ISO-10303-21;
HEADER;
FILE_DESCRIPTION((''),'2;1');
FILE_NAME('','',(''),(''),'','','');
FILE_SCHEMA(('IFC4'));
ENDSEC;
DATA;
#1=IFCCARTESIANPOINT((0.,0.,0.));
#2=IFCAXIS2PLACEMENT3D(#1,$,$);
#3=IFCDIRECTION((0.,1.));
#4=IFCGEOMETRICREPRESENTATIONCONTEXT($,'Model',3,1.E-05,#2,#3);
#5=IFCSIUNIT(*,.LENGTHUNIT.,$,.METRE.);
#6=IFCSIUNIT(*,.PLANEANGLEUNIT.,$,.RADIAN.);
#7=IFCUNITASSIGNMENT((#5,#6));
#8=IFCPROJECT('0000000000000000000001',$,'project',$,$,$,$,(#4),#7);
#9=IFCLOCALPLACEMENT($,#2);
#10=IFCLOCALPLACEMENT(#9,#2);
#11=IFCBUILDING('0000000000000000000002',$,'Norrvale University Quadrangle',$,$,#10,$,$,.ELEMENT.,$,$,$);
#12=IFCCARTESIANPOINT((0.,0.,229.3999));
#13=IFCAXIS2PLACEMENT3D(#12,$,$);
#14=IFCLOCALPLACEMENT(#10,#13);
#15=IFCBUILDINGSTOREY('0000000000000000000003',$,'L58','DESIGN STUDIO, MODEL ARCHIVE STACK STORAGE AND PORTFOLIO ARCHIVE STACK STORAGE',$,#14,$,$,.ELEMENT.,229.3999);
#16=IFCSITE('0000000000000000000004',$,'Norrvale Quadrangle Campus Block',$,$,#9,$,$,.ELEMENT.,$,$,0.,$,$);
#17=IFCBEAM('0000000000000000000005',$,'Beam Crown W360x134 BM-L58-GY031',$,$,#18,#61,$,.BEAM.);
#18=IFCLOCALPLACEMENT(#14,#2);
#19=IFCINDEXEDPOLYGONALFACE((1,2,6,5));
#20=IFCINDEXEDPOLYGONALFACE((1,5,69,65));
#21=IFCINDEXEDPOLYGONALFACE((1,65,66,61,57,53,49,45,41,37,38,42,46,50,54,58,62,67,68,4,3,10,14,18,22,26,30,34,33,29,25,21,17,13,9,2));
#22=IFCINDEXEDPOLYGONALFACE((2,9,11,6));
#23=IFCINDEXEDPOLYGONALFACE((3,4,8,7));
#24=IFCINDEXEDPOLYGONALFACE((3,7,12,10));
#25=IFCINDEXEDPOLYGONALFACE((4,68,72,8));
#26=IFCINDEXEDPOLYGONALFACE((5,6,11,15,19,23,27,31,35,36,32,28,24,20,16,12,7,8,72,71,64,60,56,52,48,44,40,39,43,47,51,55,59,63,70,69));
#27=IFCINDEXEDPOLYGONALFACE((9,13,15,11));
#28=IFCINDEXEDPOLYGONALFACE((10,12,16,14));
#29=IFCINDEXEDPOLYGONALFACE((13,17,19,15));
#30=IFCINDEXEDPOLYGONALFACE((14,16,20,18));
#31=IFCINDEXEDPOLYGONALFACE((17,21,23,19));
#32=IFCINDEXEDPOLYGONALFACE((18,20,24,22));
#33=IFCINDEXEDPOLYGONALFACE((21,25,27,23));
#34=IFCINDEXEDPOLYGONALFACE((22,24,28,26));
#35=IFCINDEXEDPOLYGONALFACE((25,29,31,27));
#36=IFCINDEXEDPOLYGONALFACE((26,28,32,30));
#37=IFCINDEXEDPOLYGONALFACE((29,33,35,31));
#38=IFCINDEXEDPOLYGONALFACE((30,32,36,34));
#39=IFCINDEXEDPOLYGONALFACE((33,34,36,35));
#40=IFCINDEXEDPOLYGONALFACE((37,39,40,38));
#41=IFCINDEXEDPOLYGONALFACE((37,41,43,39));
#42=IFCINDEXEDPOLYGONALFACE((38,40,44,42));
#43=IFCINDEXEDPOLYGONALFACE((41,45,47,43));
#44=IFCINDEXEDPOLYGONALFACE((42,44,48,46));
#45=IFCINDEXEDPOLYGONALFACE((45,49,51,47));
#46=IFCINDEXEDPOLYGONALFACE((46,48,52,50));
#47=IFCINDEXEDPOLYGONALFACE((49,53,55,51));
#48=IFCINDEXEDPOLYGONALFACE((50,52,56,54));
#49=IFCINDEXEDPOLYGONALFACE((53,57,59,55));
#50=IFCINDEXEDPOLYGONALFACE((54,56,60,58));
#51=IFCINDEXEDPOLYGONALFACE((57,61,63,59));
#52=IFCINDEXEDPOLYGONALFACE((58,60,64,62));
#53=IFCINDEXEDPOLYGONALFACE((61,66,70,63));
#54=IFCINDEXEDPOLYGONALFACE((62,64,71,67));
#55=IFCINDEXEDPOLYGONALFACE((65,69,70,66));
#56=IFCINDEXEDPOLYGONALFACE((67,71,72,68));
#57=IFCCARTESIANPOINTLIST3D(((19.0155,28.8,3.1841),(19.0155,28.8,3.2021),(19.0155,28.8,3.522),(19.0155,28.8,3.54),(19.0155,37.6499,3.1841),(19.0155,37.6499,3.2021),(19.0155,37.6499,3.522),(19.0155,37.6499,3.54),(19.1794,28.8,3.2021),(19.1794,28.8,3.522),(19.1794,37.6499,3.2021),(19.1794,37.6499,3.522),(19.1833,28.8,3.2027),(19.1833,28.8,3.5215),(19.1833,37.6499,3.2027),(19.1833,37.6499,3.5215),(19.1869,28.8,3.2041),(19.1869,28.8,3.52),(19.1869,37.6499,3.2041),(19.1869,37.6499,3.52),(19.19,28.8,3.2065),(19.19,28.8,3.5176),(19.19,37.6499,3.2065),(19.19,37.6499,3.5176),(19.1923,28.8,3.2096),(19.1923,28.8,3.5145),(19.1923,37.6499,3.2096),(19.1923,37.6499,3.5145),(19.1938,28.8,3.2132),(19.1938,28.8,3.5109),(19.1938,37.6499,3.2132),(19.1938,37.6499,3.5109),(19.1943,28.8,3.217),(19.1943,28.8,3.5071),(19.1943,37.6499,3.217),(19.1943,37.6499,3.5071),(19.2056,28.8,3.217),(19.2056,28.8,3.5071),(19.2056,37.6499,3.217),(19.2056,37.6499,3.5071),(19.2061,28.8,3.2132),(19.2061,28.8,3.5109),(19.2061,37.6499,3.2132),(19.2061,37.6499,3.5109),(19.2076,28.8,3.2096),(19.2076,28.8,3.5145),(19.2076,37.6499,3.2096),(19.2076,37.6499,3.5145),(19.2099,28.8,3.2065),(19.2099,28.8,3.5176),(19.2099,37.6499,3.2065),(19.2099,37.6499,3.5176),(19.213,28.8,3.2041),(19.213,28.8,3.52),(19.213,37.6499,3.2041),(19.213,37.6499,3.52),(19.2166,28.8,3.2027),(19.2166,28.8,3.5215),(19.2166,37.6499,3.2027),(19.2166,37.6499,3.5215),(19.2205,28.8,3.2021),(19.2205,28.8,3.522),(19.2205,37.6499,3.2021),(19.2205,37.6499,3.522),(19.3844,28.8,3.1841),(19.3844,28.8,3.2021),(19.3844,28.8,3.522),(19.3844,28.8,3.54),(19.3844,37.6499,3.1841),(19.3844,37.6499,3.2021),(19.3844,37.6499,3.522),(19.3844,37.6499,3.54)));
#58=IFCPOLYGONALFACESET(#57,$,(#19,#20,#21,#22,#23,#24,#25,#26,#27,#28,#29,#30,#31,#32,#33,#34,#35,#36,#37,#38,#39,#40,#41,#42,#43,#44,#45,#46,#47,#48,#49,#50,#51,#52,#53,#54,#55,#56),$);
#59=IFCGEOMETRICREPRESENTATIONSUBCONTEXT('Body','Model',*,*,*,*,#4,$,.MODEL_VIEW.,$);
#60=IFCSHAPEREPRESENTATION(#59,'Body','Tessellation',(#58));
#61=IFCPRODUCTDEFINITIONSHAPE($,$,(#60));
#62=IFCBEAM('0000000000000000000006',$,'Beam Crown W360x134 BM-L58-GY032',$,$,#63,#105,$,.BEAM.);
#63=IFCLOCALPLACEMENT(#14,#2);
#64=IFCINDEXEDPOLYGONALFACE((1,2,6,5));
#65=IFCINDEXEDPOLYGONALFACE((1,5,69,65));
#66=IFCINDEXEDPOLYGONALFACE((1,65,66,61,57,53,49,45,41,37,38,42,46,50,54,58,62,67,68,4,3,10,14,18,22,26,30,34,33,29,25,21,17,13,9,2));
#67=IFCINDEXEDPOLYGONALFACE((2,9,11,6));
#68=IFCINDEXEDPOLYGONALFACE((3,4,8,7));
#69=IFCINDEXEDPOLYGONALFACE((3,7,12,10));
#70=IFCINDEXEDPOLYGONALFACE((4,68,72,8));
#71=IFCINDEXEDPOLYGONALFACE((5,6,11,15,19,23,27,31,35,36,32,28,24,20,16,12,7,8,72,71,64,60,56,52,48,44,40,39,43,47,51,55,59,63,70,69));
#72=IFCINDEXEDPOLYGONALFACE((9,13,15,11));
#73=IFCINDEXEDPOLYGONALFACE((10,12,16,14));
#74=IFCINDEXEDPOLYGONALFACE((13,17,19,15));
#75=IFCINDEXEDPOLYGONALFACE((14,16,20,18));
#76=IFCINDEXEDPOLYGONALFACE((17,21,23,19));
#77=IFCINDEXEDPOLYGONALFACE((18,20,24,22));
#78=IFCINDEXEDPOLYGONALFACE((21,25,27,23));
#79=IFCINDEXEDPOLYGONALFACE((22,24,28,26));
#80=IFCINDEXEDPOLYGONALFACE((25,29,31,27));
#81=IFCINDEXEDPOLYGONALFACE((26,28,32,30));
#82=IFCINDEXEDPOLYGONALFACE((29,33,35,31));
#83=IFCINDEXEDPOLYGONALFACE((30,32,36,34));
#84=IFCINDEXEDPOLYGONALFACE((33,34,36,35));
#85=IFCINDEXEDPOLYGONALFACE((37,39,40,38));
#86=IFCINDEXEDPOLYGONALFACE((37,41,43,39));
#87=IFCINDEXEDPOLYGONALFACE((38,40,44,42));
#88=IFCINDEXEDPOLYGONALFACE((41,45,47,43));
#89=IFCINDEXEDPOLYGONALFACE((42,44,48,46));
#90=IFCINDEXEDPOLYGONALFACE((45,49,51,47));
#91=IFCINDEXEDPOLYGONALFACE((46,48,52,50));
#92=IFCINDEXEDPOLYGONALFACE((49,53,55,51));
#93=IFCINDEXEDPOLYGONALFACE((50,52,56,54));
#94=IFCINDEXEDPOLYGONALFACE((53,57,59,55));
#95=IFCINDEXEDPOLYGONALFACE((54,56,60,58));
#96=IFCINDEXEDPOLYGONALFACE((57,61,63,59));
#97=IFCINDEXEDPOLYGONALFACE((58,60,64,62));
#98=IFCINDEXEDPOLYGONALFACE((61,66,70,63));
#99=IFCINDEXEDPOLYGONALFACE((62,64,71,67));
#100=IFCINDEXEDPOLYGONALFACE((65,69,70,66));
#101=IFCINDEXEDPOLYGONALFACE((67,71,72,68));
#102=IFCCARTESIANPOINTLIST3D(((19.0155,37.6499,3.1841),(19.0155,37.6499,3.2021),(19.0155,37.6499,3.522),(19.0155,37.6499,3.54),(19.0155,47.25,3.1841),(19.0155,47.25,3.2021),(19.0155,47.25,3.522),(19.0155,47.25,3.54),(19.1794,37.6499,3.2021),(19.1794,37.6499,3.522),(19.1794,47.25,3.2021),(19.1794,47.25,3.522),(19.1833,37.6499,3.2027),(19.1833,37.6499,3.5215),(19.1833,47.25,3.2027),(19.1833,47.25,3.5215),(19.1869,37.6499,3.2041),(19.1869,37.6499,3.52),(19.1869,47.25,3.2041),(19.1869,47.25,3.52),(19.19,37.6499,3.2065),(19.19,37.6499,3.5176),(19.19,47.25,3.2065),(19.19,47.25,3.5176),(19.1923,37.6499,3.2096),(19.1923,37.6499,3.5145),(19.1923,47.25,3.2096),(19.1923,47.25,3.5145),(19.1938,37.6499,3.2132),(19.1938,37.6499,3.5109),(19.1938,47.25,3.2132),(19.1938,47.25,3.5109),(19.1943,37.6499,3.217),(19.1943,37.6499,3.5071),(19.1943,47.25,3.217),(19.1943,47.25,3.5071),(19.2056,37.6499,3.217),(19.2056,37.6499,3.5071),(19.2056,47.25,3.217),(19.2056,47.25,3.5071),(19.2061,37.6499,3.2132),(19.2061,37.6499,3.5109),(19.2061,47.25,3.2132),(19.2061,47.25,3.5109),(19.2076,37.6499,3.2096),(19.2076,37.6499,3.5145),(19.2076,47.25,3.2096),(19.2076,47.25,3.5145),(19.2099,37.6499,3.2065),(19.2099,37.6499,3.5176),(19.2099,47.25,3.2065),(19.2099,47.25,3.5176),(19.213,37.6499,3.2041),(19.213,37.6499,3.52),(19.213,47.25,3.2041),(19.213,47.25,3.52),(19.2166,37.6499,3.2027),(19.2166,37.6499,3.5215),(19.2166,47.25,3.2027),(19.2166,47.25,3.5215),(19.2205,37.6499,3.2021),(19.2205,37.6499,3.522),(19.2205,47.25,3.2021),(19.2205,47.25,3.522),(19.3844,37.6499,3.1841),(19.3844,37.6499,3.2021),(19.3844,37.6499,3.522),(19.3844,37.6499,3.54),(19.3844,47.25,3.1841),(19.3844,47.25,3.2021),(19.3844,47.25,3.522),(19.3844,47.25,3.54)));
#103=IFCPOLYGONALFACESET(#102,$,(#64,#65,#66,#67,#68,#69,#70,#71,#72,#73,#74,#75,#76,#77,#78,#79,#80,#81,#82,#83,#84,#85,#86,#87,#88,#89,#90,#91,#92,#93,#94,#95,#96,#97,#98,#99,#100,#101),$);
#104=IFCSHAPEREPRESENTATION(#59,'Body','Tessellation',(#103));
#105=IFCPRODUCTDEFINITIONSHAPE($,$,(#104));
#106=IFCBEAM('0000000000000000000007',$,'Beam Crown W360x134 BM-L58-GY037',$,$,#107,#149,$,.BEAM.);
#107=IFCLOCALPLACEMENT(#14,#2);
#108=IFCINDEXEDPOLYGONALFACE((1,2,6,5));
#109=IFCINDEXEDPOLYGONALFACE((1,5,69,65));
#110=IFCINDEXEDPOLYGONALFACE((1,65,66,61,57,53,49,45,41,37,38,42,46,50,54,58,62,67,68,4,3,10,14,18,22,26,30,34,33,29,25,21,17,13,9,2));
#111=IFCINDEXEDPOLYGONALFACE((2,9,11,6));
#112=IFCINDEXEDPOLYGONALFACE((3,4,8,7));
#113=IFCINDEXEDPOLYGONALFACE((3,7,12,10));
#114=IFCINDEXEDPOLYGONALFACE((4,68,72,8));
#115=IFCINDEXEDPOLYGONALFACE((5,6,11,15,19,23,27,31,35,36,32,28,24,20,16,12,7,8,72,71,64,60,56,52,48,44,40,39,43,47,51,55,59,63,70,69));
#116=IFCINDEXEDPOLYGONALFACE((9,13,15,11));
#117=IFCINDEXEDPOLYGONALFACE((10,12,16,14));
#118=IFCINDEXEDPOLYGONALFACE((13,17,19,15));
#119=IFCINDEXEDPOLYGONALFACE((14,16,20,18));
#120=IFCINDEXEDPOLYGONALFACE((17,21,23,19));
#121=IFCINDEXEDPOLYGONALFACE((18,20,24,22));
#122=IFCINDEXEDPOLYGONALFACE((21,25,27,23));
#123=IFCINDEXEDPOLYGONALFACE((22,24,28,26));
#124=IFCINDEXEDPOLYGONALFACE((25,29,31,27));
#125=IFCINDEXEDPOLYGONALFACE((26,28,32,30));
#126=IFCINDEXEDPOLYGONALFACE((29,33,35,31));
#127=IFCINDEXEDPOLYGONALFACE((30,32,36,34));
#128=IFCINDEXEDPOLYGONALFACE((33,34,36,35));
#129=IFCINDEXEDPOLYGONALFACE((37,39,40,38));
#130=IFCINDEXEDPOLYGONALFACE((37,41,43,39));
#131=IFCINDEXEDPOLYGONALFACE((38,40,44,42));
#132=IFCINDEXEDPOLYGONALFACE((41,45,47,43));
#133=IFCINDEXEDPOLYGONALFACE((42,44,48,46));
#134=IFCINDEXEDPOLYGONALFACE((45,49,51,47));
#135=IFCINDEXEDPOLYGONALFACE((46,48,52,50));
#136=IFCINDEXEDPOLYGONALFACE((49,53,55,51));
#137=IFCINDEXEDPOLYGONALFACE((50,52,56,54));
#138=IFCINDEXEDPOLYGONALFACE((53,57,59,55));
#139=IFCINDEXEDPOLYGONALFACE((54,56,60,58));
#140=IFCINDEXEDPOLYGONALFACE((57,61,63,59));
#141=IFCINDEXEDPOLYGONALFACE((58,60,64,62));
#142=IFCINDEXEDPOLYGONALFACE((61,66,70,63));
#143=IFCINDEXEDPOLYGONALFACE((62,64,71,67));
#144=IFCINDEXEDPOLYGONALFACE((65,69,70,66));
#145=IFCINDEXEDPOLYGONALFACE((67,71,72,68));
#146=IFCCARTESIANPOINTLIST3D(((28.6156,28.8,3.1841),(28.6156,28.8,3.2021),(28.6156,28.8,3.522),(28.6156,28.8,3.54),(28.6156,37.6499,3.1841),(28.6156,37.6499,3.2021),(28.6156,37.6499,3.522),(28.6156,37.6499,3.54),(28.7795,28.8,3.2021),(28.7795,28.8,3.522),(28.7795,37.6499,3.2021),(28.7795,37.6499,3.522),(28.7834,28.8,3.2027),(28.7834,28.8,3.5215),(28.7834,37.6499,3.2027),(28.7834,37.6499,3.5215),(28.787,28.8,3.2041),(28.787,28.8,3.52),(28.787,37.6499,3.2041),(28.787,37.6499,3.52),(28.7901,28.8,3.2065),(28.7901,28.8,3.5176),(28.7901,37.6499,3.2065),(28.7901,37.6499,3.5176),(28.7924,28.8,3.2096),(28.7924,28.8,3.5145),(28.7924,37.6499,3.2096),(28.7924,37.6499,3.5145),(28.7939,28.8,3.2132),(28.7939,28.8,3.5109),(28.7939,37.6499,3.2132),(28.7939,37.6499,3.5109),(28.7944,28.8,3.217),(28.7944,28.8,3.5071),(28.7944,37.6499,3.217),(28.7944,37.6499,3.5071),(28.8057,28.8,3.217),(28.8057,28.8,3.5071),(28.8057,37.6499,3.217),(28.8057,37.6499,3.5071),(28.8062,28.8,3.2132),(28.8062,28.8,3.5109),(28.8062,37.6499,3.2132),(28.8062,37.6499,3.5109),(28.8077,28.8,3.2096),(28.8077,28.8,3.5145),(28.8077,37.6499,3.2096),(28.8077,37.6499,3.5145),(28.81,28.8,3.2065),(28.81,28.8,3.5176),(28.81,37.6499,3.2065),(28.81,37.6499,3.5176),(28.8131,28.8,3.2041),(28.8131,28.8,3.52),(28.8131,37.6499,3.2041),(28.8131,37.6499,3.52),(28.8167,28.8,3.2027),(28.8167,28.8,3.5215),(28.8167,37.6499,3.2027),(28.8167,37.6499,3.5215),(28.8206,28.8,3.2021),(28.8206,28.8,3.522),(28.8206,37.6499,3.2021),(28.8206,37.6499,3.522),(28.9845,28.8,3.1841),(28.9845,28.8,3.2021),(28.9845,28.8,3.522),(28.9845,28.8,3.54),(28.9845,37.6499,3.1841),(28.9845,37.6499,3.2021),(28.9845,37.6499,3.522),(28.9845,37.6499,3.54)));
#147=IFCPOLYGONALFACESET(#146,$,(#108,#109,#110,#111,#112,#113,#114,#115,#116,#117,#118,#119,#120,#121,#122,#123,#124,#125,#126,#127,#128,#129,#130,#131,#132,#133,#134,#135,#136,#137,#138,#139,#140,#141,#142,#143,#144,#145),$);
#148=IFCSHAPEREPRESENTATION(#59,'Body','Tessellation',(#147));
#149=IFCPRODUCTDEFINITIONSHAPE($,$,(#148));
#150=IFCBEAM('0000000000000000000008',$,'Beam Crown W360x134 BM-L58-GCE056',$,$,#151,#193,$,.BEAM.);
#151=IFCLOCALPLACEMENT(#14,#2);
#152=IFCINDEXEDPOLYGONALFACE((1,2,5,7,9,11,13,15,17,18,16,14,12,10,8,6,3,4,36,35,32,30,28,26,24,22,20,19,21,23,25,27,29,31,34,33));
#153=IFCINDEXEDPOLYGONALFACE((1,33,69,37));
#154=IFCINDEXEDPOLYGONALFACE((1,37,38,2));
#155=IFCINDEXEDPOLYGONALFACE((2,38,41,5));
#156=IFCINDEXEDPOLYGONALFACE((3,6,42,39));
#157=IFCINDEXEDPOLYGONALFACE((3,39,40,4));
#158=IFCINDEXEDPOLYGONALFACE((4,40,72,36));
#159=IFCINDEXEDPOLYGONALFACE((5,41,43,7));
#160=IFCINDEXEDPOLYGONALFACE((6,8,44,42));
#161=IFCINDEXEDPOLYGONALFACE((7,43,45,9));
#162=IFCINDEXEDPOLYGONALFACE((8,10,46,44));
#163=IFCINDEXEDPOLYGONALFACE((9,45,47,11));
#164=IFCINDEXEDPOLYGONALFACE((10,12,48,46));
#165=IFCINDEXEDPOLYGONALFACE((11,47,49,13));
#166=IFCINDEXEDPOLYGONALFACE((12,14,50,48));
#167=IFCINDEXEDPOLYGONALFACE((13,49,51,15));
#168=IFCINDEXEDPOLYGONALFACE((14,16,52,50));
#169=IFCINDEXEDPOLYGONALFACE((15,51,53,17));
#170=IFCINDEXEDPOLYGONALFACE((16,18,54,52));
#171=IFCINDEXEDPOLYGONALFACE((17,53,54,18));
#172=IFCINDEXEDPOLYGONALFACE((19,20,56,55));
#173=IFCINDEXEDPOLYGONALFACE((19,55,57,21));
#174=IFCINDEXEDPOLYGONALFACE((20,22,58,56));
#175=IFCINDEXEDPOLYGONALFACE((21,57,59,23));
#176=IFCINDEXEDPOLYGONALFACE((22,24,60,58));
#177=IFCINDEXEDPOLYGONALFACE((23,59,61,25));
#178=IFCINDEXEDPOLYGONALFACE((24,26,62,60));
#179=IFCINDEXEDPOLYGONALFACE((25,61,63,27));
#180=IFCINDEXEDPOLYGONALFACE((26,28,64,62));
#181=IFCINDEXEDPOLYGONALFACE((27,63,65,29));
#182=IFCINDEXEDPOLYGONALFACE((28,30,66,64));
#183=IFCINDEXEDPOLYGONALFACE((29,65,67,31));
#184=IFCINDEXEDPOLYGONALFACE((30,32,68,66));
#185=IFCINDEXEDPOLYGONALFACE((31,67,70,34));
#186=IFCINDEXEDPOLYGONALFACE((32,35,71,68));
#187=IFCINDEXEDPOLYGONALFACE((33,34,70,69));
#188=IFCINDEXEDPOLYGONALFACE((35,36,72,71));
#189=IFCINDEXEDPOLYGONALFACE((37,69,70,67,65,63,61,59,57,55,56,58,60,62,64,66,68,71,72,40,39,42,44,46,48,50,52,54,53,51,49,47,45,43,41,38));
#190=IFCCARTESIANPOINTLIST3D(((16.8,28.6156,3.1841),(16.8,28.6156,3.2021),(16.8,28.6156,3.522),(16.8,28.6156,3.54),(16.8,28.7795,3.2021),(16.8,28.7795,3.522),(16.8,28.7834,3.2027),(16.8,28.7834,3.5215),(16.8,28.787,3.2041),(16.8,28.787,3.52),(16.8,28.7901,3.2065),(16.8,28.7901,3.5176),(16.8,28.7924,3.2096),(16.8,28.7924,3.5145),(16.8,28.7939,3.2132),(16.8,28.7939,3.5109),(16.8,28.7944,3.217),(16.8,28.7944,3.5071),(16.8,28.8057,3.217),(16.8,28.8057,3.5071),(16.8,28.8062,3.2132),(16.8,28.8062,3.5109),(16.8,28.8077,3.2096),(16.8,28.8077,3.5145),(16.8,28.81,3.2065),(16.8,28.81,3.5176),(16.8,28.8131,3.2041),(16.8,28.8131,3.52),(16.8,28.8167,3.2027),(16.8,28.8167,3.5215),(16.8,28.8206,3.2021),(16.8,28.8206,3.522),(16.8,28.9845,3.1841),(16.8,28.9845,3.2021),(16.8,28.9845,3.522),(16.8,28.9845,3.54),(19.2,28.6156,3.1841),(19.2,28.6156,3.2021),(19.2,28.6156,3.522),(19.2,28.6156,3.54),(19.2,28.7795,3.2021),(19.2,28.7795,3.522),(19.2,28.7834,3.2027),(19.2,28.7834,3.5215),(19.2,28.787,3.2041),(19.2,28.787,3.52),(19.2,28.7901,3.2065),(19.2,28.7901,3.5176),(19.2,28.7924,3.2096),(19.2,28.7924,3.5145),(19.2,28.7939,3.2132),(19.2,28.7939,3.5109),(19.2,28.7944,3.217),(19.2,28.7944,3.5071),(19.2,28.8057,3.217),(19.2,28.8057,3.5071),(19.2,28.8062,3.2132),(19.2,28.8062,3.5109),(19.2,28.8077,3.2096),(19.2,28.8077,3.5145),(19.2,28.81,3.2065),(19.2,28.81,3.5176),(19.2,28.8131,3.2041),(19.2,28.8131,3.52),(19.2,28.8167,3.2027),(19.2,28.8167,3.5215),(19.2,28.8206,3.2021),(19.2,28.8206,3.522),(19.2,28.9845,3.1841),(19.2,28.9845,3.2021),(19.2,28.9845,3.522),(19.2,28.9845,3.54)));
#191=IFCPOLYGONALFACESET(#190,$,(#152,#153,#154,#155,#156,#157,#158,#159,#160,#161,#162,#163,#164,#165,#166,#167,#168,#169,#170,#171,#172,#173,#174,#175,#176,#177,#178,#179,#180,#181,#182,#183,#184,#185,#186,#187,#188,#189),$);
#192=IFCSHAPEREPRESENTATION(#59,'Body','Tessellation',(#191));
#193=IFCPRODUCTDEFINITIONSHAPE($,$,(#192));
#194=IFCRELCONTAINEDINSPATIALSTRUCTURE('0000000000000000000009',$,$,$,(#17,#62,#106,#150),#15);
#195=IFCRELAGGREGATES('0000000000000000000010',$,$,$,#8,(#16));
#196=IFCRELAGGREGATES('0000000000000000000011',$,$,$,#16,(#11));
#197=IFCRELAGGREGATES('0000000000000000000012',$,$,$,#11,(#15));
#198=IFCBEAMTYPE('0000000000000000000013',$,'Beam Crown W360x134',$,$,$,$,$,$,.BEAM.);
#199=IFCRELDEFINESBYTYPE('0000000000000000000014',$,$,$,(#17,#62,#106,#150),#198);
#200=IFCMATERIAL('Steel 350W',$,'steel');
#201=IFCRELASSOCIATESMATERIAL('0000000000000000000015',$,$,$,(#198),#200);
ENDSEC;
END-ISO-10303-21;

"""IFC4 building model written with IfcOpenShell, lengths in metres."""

from ifc_helpers import new_model, si_unit, direction, frame, origin, origin_2d, place, context, subcontext, project, spatial, i_section, extrude, material, material_profile, profile_set, type_object, element, save


model = new_model("IFC4")

# Units and contexts
model_context = context("Model", 3, precision=1e-05, world=origin(), true_north=direction((0.0, 1.0)))
body_context = subcontext(model_context, "Body", "Model", "MODEL_VIEW")
ifc_project = project(units=[si_unit("LENGTHUNIT", "METRE"), si_unit("PLANEANGLEUNIT", "RADIAN")], contexts=[model_context])

# Site, building, storey
site_placement = place(None, origin())
site = spatial("IfcSite", under=ifc_project, at=site_placement, Name="Norrvale Quadrangle Campus Block", CompositionType="ELEMENT", RefElevation=0.0)
building_placement = place(site_placement, origin())
building = spatial("IfcBuilding", under=site, at=building_placement, Name="Norrvale University Quadrangle", CompositionType="ELEMENT")
storey_placement = place(building_placement, frame((0.0, 0.0, 229.3999)))
storey = spatial("IfcBuildingStorey", under=building, at=storey_placement, Name="L58", Description="DESIGN STUDIO, MODEL ARCHIVE STACK STORAGE AND PORTFOLIO ARCHIVE STACK STORAGE", CompositionType="ELEMENT", Elevation=229.3999)

# Beams
ifc_material_1 = material(Name="Steel 350W", Category="steel")
ifc_material_profile_1 = material_profile(ifc_material_1, i_section(OverallWidth=0.3689, OverallDepth=0.356, WebThickness=0.0112, FlangeThickness=0.0181, FilletRadius=0.0149, at=origin_2d()), Name="Steel 350W")
ifc_profile_set_1 = profile_set([ifc_material_profile_1], Name="Steel 350W")
beam_type_1 = type_object("IfcBeamType", Name="Beam Crown W360x134", PredefinedType="BEAM", material=ifc_profile_set_1)
beam_1_placement = place(storey_placement, frame((19.2, 28.8, 3.3621), z_axis=(0.0, 1.0, 0.0), x_axis=(-1.0, 0.0, 0.0)))
element("IfcBeam", 1, at=beam_1_placement, inside=storey, type_object=beam_type_1, Name="Beam Crown W360x134 BM-L58-GY031", PredefinedType="BEAM", context=body_context, shape_type="SweptSolid", body=[
    extrude(i_section(OverallWidth=0.3689, OverallDepth=0.356, WebThickness=0.0112, FlangeThickness=0.0181, FilletRadius=0.0149, at=origin_2d()), origin(), (0.0, 0.0, 1.0), 8.8499),
])
beam_2_placement = place(storey_placement, frame((19.2, 37.6499, 3.3621), z_axis=(0.0, 1.0, 0.0), x_axis=(-1.0, 0.0, 0.0)))
element("IfcBeam", 2, at=beam_2_placement, inside=storey, type_object=beam_type_1, Name="Beam Crown W360x134 BM-L58-GY032", PredefinedType="BEAM", context=body_context, shape_type="SweptSolid", body=[
    extrude(i_section(OverallWidth=0.3689, OverallDepth=0.356, WebThickness=0.0112, FlangeThickness=0.0181, FilletRadius=0.0149, at=origin_2d()), origin(), (0.0, 0.0, 1.0), 9.6001),
])
beam_3_placement = place(storey_placement, frame((28.8, 28.8, 3.3621), z_axis=(0.0, 1.0, 0.0), x_axis=(-1.0, 0.0, 0.0)))
element("IfcBeam", 3, at=beam_3_placement, inside=storey, type_object=beam_type_1, Name="Beam Crown W360x134 BM-L58-GY037", PredefinedType="BEAM", context=body_context, shape_type="SweptSolid", body=[
    extrude(i_section(OverallWidth=0.3689, OverallDepth=0.356, WebThickness=0.0112, FlangeThickness=0.0181, FilletRadius=0.0149, at=origin_2d()), origin(), (0.0, 0.0, 1.0), 8.8499),
])
for number, where, z_axis, x_axis, name in (
    (4, (16.8, 28.8, 3.3621), (1.0, 0.0, 0.0), (0.0, 1.0, 0.0), "Beam Crown W360x134 BM-L58-GCE056"),
):
    element("IfcBeam", number, at=place(storey_placement, frame(where, z_axis=z_axis, x_axis=x_axis)), inside=storey, type_object=beam_type_1, Name=name, PredefinedType="BEAM", context=body_context, shape_type="SweptSolid", body=[
        extrude(i_section(OverallWidth=0.3689, OverallDepth=0.356, WebThickness=0.0112, FlangeThickness=0.0181, FilletRadius=0.0149, at=origin_2d()), origin(), (0.0, 0.0, 1.0), 2.3999),
    ])

save(model, "model.ifc")
